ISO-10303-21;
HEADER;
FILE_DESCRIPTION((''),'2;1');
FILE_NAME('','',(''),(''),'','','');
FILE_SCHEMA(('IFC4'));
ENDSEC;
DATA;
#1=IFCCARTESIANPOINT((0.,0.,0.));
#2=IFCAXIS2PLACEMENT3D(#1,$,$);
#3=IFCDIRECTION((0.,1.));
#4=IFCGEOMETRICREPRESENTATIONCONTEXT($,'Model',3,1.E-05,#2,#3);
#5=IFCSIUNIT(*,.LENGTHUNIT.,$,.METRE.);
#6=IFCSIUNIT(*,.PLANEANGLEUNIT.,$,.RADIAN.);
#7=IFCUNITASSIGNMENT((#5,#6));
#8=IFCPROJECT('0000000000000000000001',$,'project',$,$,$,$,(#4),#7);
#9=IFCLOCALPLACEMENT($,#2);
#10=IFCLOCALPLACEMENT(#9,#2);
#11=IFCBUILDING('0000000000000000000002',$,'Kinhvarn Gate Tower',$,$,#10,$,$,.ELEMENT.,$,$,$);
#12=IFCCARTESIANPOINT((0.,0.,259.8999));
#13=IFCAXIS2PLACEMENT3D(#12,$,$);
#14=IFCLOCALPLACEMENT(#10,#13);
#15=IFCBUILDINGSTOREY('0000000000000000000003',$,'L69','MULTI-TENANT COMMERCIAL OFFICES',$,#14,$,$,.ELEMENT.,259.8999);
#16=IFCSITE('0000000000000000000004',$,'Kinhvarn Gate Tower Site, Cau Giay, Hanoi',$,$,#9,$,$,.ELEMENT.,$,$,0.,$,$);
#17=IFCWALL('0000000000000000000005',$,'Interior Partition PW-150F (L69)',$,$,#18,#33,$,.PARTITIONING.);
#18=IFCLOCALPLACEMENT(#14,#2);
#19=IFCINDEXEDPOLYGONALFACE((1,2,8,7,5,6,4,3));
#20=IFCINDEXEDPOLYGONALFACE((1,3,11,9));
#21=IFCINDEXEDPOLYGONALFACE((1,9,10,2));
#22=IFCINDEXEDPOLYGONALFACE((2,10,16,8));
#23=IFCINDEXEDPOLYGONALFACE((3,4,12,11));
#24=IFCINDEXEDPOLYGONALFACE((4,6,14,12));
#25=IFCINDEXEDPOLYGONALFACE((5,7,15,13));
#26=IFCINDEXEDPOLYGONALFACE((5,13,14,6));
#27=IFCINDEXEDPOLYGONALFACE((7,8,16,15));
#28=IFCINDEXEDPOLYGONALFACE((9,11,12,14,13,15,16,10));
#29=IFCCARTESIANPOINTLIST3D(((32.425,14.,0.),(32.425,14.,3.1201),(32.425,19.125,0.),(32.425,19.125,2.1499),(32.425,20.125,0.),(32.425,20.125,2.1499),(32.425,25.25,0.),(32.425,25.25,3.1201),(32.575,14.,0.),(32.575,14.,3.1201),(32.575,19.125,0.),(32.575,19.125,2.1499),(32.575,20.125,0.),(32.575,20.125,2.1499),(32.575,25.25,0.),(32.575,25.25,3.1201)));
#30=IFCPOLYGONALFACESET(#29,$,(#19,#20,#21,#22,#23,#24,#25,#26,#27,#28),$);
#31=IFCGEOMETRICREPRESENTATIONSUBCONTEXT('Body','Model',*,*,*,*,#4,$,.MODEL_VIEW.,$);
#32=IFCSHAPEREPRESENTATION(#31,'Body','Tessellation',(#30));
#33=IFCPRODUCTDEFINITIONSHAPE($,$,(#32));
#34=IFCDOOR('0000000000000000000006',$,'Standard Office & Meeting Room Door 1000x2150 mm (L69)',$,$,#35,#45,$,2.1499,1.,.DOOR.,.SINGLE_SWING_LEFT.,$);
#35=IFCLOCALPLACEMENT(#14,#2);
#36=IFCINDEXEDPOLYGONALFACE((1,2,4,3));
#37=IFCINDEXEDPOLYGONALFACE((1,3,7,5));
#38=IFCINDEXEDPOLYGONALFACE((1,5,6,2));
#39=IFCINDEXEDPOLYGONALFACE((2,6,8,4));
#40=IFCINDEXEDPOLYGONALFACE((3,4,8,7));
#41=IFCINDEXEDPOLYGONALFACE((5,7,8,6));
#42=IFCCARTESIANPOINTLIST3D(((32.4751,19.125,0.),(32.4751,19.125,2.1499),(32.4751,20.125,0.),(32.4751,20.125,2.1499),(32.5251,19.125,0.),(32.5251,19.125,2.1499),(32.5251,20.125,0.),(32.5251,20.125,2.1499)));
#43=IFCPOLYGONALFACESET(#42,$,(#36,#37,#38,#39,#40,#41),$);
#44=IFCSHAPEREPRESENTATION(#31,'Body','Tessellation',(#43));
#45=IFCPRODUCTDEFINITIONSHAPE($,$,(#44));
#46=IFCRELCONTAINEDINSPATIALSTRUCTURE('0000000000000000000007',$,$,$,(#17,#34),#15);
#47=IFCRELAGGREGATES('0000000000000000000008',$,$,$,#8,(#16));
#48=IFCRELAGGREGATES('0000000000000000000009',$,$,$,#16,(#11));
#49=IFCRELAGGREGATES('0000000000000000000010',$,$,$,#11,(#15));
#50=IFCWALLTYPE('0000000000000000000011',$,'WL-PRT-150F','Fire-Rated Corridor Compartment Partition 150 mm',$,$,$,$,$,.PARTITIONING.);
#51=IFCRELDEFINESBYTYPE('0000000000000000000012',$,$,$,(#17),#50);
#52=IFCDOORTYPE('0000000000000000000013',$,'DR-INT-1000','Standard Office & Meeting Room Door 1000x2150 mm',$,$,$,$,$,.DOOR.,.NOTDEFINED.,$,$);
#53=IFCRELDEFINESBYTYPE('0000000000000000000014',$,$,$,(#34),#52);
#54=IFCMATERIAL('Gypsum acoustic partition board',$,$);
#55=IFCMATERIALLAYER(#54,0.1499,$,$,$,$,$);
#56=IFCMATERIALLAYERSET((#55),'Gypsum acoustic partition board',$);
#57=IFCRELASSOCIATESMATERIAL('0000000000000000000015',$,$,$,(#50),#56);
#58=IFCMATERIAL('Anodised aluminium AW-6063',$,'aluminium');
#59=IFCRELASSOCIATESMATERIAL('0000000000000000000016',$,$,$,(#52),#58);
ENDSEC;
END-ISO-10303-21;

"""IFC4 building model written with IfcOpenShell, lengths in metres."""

from ifc_helpers import new_model, si_unit, direction, frame, frame_2d, origin, place, context, subcontext, project, spatial, rectangle, extrude, material, layer, layer_set, type_object, element, fill, save


model = new_model("IFC4")

# Units and contexts
model_context = context("Model", 3, precision=1e-05, world=origin(), true_north=direction((0.0, 1.0)))
body_context = subcontext(model_context, "Body", "Model", "MODEL_VIEW")
ifc_project = project(units=[si_unit("LENGTHUNIT", "METRE"), si_unit("PLANEANGLEUNIT", "RADIAN")], contexts=[model_context])

# Site, building, storey
site_placement = place(None, origin())
site = spatial("IfcSite", under=ifc_project, at=site_placement, Name="Kinhvarn Gate Tower Site, Cau Giay, Hanoi", CompositionType="ELEMENT", RefElevation=0.0)
building_placement = place(site_placement, origin())
building = spatial("IfcBuilding", under=site, at=building_placement, Name="Kinhvarn Gate Tower", CompositionType="ELEMENT")
storey_placement = place(building_placement, frame((0.0, 0.0, 259.8999)))
storey = spatial("IfcBuildingStorey", under=building, at=storey_placement, Name="L69", Description="MULTI-TENANT COMMERCIAL OFFICES", CompositionType="ELEMENT", Elevation=259.8999)

# Shared definitions
ifc_material_1 = material(Name="Gypsum acoustic partition board")

# Shared definitions
ifc_material_2 = material(Name="Anodised aluminium AW-6063", Category="aluminium")

# Shared definitions
ifc_layer_1 = layer(ifc_material_1, 0.1499)
ifc_layer_set_1 = layer_set([ifc_layer_1], Name="Gypsum acoustic partition board")
wall_type_1 = type_object("IfcWallType", Name="WL-PRT-150F", Description="Fire-Rated Corridor Compartment Partition 150 mm", PredefinedType="PARTITIONING", material=ifc_layer_set_1)

# Shared definitions
door_type_1 = type_object("IfcDoorType", Name="DR-INT-1000", Description="Standard Office & Meeting Room Door 1000x2150 mm", OperationType="NOTDEFINED", PredefinedType="DOOR", material=ifc_material_2)

# Wall, opening, door
wall_1_placement = place(storey_placement, frame((32.5, 14.0, 0.0), z_axis=(0.0, 0.0, 1.0), x_axis=(0.0, 1.0, 0.0)))
wall_1 = element("IfcWall", 1, at=wall_1_placement, inside=storey, type_object=wall_type_1, Name="Interior Partition PW-150F (L69)", PredefinedType="PARTITIONING", context=body_context, shape_type="SweptSolid", body=[
    extrude(rectangle(XDim=11.25, YDim=0.1499, at=frame_2d((5.625, 0.0))), origin(), (0.0, 0.0, 1.0), 3.1201),
])
opening_1_placement = place(wall_1_placement, frame((5.125, 0.0, 0.0)))
opening_1 = element("IfcOpeningElement", 2, at=opening_1_placement, cuts=wall_1, PredefinedType="OPENING", context=body_context, shape_type="SweptSolid", body=[
    extrude(rectangle(XDim=1.0, YDim=2.1499, at=frame_2d((0.5, 1.075))), frame((0.0, 0.085, 0.0), z_axis=(0.0, -1.0, 0.0), x_axis=(1.0, 0.0, 0.0)), (0.0, 0.0, 1.0), 0.1699),
])
door_1_placement = place(opening_1_placement, origin())
door_1 = element("IfcDoor", 3, at=door_1_placement, inside=storey, type_object=door_type_1, Name="Standard Office & Meeting Room Door 1000x2150 mm (L69)", OperationType="SINGLE_SWING_LEFT", OverallHeight=2.1499, OverallWidth=1.0, PredefinedType="DOOR", context=body_context, shape_type="SweptSolid", body=[
    extrude(rectangle(XDim=1.0, YDim=2.1499, at=frame_2d((0.5, 1.075))), frame((0.0, 0.0249, 0.0), z_axis=(0.0, -1.0, 0.0), x_axis=(1.0, 0.0, 0.0)), (0.0, 0.0, 1.0), 0.05),
])
fill(opening_1, door_1)

save(model, "model.ifc")
